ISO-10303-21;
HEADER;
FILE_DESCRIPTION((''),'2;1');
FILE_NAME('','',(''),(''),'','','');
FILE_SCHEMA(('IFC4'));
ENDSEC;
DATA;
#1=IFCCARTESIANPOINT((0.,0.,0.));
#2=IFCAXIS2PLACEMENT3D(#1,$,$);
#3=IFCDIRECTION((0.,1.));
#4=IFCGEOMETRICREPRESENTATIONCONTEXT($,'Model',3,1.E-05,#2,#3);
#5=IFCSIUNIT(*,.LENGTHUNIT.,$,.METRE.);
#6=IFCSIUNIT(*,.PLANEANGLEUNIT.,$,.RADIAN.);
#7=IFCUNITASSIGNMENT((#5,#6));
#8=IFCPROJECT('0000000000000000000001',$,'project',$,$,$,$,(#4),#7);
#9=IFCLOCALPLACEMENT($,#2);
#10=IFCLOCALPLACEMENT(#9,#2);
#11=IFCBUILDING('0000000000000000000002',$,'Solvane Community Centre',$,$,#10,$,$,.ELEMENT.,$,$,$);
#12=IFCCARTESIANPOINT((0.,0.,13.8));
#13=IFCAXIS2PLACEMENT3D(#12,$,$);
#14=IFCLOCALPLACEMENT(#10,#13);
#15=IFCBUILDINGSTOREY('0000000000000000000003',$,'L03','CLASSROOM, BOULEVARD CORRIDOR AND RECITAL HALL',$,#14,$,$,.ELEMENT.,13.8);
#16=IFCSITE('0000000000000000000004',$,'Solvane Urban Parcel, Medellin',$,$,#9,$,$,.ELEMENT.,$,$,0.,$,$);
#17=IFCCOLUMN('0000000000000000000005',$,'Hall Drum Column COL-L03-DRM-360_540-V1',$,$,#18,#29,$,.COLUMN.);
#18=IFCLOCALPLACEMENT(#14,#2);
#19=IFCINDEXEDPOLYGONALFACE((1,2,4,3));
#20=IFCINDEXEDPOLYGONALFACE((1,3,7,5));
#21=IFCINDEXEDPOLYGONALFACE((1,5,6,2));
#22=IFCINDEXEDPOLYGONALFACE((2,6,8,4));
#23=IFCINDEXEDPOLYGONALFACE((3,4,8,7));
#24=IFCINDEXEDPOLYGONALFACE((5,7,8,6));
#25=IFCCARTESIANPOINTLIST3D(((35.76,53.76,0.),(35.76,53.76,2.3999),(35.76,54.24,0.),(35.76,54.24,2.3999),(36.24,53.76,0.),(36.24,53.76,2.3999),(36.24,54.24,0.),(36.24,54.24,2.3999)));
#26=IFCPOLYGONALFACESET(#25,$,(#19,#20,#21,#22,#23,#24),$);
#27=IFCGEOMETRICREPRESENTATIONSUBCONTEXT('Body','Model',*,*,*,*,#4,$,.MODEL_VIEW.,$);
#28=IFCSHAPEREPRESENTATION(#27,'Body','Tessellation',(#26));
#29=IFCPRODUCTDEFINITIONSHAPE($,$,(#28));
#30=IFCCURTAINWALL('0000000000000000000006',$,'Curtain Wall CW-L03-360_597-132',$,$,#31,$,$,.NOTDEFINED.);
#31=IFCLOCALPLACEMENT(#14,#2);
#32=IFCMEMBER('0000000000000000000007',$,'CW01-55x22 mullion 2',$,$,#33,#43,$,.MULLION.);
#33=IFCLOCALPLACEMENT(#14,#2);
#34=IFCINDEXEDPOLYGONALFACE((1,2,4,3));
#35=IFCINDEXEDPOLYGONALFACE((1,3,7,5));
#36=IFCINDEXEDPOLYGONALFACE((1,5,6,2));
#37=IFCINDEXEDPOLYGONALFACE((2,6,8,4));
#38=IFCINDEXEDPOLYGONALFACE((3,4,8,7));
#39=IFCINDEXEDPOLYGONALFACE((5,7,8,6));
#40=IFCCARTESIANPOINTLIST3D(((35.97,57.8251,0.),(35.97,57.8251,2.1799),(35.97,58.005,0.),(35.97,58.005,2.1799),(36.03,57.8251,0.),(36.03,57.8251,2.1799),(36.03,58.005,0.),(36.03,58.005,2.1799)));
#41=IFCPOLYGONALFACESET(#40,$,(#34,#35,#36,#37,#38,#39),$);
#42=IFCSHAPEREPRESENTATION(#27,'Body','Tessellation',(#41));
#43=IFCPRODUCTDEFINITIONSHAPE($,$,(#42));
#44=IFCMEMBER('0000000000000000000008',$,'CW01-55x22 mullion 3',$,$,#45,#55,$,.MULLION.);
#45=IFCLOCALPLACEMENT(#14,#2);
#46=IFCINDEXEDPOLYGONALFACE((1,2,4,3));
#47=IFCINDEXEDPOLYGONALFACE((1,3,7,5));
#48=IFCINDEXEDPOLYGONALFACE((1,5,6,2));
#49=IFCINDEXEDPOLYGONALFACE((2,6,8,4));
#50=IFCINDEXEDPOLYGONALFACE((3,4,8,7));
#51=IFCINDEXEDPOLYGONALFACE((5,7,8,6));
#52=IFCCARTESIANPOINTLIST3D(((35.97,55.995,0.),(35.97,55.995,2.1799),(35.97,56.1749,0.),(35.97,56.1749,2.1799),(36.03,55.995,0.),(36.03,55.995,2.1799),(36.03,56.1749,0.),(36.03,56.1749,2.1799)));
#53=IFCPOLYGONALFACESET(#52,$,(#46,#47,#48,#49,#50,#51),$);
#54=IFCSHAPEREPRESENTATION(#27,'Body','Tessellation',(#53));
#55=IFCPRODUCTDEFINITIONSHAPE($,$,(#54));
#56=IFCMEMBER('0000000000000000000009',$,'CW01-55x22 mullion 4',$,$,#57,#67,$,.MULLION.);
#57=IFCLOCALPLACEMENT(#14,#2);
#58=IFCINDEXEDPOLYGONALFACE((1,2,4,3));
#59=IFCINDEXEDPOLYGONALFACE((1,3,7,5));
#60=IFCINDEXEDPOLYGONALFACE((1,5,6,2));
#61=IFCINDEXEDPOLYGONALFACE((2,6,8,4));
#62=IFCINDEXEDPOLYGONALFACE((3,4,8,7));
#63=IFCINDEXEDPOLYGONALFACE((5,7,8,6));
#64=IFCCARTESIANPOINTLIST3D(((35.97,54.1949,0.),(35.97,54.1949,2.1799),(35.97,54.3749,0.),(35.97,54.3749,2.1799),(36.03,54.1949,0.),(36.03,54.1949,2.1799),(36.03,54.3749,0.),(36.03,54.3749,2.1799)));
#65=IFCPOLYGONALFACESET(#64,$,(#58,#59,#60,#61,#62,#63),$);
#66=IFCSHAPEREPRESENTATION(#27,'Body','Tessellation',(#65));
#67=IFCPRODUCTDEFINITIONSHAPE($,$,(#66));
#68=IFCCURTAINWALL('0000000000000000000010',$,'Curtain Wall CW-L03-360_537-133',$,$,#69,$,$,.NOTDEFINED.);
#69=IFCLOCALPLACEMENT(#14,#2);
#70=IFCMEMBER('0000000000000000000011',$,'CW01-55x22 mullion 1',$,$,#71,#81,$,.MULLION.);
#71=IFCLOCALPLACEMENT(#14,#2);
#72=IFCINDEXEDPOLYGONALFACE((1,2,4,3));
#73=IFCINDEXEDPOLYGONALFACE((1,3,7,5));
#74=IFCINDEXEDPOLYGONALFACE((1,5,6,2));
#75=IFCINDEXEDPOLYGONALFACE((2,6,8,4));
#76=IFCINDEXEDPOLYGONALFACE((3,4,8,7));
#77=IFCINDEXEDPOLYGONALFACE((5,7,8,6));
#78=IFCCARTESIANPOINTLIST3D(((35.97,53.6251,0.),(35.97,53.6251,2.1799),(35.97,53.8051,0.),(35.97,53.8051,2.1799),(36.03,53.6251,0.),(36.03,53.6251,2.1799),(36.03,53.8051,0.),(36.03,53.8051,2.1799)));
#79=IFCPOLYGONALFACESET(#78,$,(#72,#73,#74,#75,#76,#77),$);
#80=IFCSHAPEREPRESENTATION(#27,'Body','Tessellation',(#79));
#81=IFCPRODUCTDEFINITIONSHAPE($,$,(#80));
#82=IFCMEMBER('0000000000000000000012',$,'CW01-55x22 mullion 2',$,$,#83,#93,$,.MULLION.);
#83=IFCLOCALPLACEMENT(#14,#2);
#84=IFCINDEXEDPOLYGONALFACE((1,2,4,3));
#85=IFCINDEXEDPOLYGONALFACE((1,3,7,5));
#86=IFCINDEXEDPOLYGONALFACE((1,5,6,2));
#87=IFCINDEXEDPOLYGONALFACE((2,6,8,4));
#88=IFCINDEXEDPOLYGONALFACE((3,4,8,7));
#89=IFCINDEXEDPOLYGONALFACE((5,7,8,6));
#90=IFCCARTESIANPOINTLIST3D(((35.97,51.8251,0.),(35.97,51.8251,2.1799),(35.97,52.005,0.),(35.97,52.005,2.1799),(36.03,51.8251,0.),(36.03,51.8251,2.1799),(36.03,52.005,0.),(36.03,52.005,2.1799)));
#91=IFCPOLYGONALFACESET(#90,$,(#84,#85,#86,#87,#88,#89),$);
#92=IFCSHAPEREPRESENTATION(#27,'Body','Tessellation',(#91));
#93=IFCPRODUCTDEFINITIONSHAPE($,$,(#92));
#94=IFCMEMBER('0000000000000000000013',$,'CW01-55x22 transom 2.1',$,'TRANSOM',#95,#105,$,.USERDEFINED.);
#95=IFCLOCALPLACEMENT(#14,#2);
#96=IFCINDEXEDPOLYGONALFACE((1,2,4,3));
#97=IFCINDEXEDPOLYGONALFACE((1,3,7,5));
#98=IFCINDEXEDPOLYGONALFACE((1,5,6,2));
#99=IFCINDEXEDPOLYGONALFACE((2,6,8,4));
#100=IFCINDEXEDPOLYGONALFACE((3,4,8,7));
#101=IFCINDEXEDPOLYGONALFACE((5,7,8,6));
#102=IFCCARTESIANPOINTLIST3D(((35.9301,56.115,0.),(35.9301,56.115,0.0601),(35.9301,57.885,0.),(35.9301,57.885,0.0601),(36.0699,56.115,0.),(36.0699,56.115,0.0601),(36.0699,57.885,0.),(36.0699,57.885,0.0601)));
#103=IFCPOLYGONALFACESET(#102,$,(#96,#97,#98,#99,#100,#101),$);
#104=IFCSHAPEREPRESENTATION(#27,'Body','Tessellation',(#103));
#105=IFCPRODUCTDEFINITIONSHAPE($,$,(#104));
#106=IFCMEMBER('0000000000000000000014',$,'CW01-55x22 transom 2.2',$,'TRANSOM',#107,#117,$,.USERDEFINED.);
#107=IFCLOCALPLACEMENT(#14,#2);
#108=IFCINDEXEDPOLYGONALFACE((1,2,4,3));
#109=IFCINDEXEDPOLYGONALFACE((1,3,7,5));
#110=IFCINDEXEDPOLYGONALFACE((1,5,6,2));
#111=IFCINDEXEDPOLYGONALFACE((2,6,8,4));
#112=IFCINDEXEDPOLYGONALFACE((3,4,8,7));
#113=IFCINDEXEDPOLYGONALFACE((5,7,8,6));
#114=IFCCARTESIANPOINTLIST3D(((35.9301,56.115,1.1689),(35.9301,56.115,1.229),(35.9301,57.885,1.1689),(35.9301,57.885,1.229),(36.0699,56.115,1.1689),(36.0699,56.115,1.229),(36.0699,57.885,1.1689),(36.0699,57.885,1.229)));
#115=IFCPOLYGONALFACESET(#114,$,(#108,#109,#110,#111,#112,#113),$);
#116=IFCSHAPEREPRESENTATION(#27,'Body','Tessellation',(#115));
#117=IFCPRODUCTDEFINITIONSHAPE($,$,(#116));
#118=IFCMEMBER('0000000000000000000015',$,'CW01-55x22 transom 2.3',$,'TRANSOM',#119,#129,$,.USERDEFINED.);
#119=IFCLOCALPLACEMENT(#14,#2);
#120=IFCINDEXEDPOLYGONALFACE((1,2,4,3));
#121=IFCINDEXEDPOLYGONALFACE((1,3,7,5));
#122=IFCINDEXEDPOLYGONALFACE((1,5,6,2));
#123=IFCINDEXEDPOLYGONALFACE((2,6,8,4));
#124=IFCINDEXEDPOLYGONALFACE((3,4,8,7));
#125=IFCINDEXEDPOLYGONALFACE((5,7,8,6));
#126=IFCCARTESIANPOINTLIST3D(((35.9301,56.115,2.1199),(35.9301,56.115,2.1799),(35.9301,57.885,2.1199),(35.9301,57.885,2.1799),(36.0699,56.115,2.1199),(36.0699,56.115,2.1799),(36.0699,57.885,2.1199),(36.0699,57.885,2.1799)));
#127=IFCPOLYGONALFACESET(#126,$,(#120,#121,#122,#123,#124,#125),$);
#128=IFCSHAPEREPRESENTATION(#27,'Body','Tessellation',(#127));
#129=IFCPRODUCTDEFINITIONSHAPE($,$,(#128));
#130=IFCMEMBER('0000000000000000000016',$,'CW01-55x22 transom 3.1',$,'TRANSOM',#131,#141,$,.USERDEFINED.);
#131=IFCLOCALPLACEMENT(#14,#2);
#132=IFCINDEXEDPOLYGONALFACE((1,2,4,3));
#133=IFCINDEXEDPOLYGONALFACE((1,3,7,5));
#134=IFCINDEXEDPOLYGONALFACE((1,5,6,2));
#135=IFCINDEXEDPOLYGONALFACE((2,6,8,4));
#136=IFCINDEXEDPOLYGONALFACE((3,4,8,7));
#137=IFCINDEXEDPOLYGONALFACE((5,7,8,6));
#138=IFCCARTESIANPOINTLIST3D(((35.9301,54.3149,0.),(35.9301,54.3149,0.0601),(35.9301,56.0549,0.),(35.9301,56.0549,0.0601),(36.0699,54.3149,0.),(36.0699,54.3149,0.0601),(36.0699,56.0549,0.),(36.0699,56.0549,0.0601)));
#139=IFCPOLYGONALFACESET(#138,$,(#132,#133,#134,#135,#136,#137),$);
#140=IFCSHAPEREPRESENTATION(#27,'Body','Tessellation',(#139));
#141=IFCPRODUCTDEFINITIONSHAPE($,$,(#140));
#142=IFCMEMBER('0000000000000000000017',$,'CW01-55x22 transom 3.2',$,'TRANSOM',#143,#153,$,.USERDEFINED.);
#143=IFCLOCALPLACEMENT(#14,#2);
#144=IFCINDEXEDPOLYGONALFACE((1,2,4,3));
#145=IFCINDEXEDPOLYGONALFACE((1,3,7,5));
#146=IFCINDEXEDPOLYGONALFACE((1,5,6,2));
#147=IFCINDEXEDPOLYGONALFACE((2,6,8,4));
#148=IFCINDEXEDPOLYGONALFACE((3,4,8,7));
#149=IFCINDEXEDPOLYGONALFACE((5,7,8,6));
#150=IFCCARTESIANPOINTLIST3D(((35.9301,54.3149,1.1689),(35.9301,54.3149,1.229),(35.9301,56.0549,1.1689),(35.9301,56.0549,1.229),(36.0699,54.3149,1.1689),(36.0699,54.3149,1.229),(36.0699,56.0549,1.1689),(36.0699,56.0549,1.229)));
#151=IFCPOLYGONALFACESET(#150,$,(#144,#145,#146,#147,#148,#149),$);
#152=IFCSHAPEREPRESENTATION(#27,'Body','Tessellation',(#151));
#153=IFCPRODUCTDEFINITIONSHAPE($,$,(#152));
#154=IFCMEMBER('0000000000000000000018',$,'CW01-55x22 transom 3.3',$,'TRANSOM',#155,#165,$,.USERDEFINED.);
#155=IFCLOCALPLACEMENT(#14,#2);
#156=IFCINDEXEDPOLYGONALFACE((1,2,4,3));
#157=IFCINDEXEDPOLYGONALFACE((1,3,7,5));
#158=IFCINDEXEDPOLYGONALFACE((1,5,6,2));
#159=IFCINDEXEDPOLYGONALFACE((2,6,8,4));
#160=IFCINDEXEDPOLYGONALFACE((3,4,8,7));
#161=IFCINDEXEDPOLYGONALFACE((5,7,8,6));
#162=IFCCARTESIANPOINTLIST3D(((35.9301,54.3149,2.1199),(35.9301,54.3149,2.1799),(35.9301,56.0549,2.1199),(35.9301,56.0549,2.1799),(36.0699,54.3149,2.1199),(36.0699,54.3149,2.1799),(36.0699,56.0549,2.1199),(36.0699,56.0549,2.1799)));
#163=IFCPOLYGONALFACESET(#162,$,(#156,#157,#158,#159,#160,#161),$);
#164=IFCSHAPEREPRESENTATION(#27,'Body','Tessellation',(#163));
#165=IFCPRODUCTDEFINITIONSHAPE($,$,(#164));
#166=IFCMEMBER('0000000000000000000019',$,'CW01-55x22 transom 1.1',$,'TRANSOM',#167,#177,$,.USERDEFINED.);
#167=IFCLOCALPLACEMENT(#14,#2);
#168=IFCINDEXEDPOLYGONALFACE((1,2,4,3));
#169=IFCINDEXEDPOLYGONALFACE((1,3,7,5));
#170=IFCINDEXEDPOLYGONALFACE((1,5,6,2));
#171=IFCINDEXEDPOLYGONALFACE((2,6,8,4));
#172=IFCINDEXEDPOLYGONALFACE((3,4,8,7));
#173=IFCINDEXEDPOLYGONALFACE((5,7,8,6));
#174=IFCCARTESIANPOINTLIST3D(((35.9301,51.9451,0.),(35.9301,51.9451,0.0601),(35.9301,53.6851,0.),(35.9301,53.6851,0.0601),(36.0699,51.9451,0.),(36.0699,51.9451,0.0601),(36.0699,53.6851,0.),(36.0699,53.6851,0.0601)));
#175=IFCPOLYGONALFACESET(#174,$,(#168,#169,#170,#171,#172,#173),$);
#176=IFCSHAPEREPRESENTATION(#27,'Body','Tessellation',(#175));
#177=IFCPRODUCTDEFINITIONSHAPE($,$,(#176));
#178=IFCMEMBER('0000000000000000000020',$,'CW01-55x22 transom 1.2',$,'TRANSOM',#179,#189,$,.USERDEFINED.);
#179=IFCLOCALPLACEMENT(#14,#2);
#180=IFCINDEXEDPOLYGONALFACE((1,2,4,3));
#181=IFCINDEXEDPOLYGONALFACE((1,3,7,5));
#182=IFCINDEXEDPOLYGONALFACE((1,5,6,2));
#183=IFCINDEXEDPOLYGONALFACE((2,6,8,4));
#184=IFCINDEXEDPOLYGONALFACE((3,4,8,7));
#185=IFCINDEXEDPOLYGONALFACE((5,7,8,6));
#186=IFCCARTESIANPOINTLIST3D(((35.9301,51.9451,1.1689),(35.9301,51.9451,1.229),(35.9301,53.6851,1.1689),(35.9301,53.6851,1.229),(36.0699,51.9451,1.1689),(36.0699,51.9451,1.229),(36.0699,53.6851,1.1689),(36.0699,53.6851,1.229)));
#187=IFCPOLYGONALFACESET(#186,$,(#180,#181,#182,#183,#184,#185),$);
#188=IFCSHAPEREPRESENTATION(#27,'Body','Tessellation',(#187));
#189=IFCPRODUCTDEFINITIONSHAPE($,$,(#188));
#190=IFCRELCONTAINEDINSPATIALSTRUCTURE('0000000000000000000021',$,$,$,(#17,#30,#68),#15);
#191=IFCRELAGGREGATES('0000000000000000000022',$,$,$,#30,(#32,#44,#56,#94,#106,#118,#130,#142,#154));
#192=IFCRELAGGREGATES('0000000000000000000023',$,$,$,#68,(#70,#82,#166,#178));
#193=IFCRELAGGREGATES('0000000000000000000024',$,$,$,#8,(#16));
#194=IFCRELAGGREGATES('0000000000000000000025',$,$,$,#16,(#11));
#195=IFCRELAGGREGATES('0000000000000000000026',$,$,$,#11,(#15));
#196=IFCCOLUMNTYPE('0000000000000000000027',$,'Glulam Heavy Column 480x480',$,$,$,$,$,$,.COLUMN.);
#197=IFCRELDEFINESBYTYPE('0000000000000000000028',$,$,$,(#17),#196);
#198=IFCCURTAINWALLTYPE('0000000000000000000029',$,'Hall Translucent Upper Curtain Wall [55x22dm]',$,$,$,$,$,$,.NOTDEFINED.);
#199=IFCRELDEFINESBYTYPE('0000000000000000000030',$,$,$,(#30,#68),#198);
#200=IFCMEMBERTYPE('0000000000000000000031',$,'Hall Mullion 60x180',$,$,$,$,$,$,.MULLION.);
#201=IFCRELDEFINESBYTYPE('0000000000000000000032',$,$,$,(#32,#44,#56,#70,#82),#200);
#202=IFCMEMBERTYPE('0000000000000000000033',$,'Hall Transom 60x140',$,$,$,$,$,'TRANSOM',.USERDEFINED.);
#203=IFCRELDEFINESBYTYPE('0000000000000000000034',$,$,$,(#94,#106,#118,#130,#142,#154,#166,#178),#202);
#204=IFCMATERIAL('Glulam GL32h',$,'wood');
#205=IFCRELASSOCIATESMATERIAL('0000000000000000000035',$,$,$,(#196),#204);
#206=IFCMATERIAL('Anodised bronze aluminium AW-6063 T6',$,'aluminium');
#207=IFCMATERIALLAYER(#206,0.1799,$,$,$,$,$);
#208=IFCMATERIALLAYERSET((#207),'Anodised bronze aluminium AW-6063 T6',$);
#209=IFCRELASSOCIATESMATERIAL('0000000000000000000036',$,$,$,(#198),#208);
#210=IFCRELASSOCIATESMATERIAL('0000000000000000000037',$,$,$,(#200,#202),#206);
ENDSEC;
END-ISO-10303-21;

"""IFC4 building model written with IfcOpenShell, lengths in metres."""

from ifc_helpers import new_model, si_unit, direction, frame, origin, origin_2d, place, context, subcontext, project, spatial, rectangle, extrude, material, layer, layer_set, material_profile, profile_set, type_object, element, aggregate, save


model = new_model("IFC4")

# Units and contexts
model_context = context("Model", 3, precision=1e-05, world=origin(), true_north=direction((0.0, 1.0)))
body_context = subcontext(model_context, "Body", "Model", "MODEL_VIEW")
ifc_project = project(units=[si_unit("LENGTHUNIT", "METRE"), si_unit("PLANEANGLEUNIT", "RADIAN")], contexts=[model_context])

# Site, building, storey
site_placement = place(None, origin())
site = spatial("IfcSite", under=ifc_project, at=site_placement, Name="Solvane Urban Parcel, Medellin", CompositionType="ELEMENT", RefElevation=0.0)
building_placement = place(site_placement, origin())
building = spatial("IfcBuilding", under=site, at=building_placement, Name="Solvane Community Centre", CompositionType="ELEMENT")
storey_placement = place(building_placement, frame((0.0, 0.0, 13.8)))
storey = spatial("IfcBuildingStorey", under=building, at=storey_placement, Name="L03", Description="CLASSROOM, BOULEVARD CORRIDOR AND RECITAL HALL", CompositionType="ELEMENT", Elevation=13.8)

# Column
ifc_material_1 = material(Name="Glulam GL32h", Category="wood")
ifc_material_profile_1 = material_profile(ifc_material_1, rectangle(XDim=0.48, YDim=0.48, at=origin_2d()), Name="GL32h 480x480")
ifc_profile_set_1 = profile_set([ifc_material_profile_1], Name="Glulam GL32h")
column_type = type_object("IfcColumnType", Name="Glulam Heavy Column 480x480", PredefinedType="COLUMN", material=ifc_profile_set_1)
column_placement = place(storey_placement, frame((36.0, 54.0, 0.0), z_axis=(0.0, 0.0, 1.0), x_axis=(1.0, 0.0, 0.0)))
element("IfcColumn", 1, at=column_placement, inside=storey, type_object=column_type, Name="Hall Drum Column COL-L03-DRM-360_540-V1", PredefinedType="COLUMN", context=body_context, shape_type="SweptSolid", body=[
    extrude(rectangle(XDim=0.48, YDim=0.48, at=origin_2d()), origin(), (0.0, 0.0, 1.0), 2.3999),
])

# Curtain walls, members
ifc_material_2 = material(Name="Anodised bronze aluminium AW-6063 T6", Category="aluminium")
ifc_layer_1 = layer(ifc_material_2, 0.1799)
ifc_layer_set_1 = layer_set([ifc_layer_1], Name="Anodised bronze aluminium AW-6063 T6")
curtain_wall_type = type_object("IfcCurtainWallType", Name="Hall Translucent Upper Curtain Wall [55x22dm]", PredefinedType="NOTDEFINED", material=ifc_layer_set_1)
curtain_wall_1_placement = place(storey_placement, origin())
curtain_wall_1 = element("IfcCurtainWall", 2, at=curtain_wall_1_placement, inside=storey, type_object=curtain_wall_type, Name="Curtain Wall CW-L03-360_597-132", PredefinedType="NOTDEFINED")
ifc_material_profile_2 = material_profile(ifc_material_2, rectangle(XDim=0.0601, YDim=0.1799, at=origin_2d()), Name="CW-M 60x180")
ifc_profile_set_2 = profile_set([ifc_material_profile_2], Name="Anodised bronze aluminium AW-6063 T6")
member_type_1 = type_object("IfcMemberType", Name="Hall Mullion 60x180", PredefinedType="MULLION", material=ifc_profile_set_2)
member_1_placement = place(storey_placement, frame((36.0, 57.915, 0.0), z_axis=(0.0, 0.0, 1.0), x_axis=(1.0, 0.0, 0.0)))
member_1 = element("IfcMember", 3, at=member_1_placement, type_object=member_type_1, Name="CW01-55x22 mullion 2", PredefinedType="MULLION", context=body_context, shape_type="SweptSolid", body=[
    extrude(rectangle(XDim=0.0601, YDim=0.1799, at=origin_2d()), origin(), (0.0, 0.0, 1.0), 2.1799),
])
member_2_placement = place(storey_placement, frame((36.0, 56.085, 0.0), z_axis=(0.0, 0.0, 1.0), x_axis=(1.0, 0.0, 0.0)))
member_2 = element("IfcMember", 4, at=member_2_placement, type_object=member_type_1, Name="CW01-55x22 mullion 3", PredefinedType="MULLION", context=body_context, shape_type="SweptSolid", body=[
    extrude(rectangle(XDim=0.0601, YDim=0.1799, at=origin_2d()), origin(), (0.0, 0.0, 1.0), 2.1799),
])
member_3_placement = place(storey_placement, frame((36.0, 54.2849, 0.0), z_axis=(0.0, 0.0, 1.0), x_axis=(1.0, 0.0, 0.0)))
member_3 = element("IfcMember", 5, at=member_3_placement, type_object=member_type_1, Name="CW01-55x22 mullion 4", PredefinedType="MULLION", context=body_context, shape_type="SweptSolid", body=[
    extrude(rectangle(XDim=0.0601, YDim=0.1799, at=origin_2d()), origin(), (0.0, 0.0, 1.0), 2.1799),
])
curtain_wall_2_placement = place(storey_placement, origin())
curtain_wall_2 = element("IfcCurtainWall", 6, at=curtain_wall_2_placement, inside=storey, type_object=curtain_wall_type, Name="Curtain Wall CW-L03-360_537-133", PredefinedType="NOTDEFINED")
member_4_placement = place(storey_placement, frame((36.0, 53.7151, 0.0), z_axis=(0.0, 0.0, 1.0), x_axis=(1.0, 0.0, 0.0)))
member_4 = element("IfcMember", 7, at=member_4_placement, type_object=member_type_1, Name="CW01-55x22 mullion 1", PredefinedType="MULLION", context=body_context, shape_type="SweptSolid", body=[
    extrude(rectangle(XDim=0.0601, YDim=0.1799, at=origin_2d()), origin(), (0.0, 0.0, 1.0), 2.1799),
])
member_5_placement = place(storey_placement, frame((36.0, 51.915, 0.0), z_axis=(0.0, 0.0, 1.0), x_axis=(1.0, 0.0, 0.0)))
member_5 = element("IfcMember", 8, at=member_5_placement, type_object=member_type_1, Name="CW01-55x22 mullion 2", PredefinedType="MULLION", context=body_context, shape_type="SweptSolid", body=[
    extrude(rectangle(XDim=0.0601, YDim=0.1799, at=origin_2d()), origin(), (0.0, 0.0, 1.0), 2.1799),
])

# Members
ifc_material_profile_3 = material_profile(ifc_material_2, rectangle(XDim=0.1399, YDim=0.0601, at=origin_2d()), Name="CW-T 60x140")
ifc_profile_set_3 = profile_set([ifc_material_profile_3], Name="Anodised bronze aluminium AW-6063 T6")
member_type_2 = type_object("IfcMemberType", Name="Hall Transom 60x140", ElementType="TRANSOM", PredefinedType="USERDEFINED", material=ifc_profile_set_3)
member_6_placement = place(storey_placement, frame((36.0, 57.885, 0.03), z_axis=(0.0, -1.0, 0.0), x_axis=(1.0, 0.0, 0.0)))
member_6 = element("IfcMember", 9, at=member_6_placement, type_object=member_type_2, Name="CW01-55x22 transom 2.1", ObjectType="TRANSOM", PredefinedType="USERDEFINED", context=body_context, shape_type="SweptSolid", body=[
    extrude(rectangle(XDim=0.1399, YDim=0.0601, at=origin_2d()), origin(), (0.0, 0.0, 1.0), 1.77),
])
member_7_placement = place(storey_placement, frame((36.0, 57.885, 1.199), z_axis=(0.0, -1.0, 0.0), x_axis=(1.0, 0.0, 0.0)))
member_7 = element("IfcMember", 10, at=member_7_placement, type_object=member_type_2, Name="CW01-55x22 transom 2.2", ObjectType="TRANSOM", PredefinedType="USERDEFINED", context=body_context, shape_type="SweptSolid", body=[
    extrude(rectangle(XDim=0.1399, YDim=0.0601, at=origin_2d()), origin(), (0.0, 0.0, 1.0), 1.77),
])
member_8_placement = place(storey_placement, frame((36.0, 57.885, 2.1499), z_axis=(0.0, -1.0, 0.0), x_axis=(1.0, 0.0, 0.0)))
member_8 = element("IfcMember", 11, at=member_8_placement, type_object=member_type_2, Name="CW01-55x22 transom 2.3", ObjectType="TRANSOM", PredefinedType="USERDEFINED", context=body_context, shape_type="SweptSolid", body=[
    extrude(rectangle(XDim=0.1399, YDim=0.0601, at=origin_2d()), origin(), (0.0, 0.0, 1.0), 1.77),
])
member_9_placement = place(storey_placement, frame((36.0, 56.0549, 0.03), z_axis=(0.0, -1.0, 0.0), x_axis=(1.0, 0.0, 0.0)))
member_9 = element("IfcMember", 12, at=member_9_placement, type_object=member_type_2, Name="CW01-55x22 transom 3.1", ObjectType="TRANSOM", PredefinedType="USERDEFINED", context=body_context, shape_type="SweptSolid", body=[
    extrude(rectangle(XDim=0.1399, YDim=0.0601, at=origin_2d()), origin(), (0.0, 0.0, 1.0), 1.74),
])
member_10_placement = place(storey_placement, frame((36.0, 56.0549, 1.199), z_axis=(0.0, -1.0, 0.0), x_axis=(1.0, 0.0, 0.0)))
member_10 = element("IfcMember", 13, at=member_10_placement, type_object=member_type_2, Name="CW01-55x22 transom 3.2", ObjectType="TRANSOM", PredefinedType="USERDEFINED", context=body_context, shape_type="SweptSolid", body=[
    extrude(rectangle(XDim=0.1399, YDim=0.0601, at=origin_2d()), origin(), (0.0, 0.0, 1.0), 1.74),
])
member_11_placement = place(storey_placement, frame((36.0, 56.0549, 2.1499), z_axis=(0.0, -1.0, 0.0), x_axis=(1.0, 0.0, 0.0)))
member_11 = element("IfcMember", 14, at=member_11_placement, type_object=member_type_2, Name="CW01-55x22 transom 3.3", ObjectType="TRANSOM", PredefinedType="USERDEFINED", context=body_context, shape_type="SweptSolid", body=[
    extrude(rectangle(XDim=0.1399, YDim=0.0601, at=origin_2d()), origin(), (0.0, 0.0, 1.0), 1.74),
])
member_12_placement = place(storey_placement, frame((36.0, 53.6851, 0.03), z_axis=(0.0, -1.0, 0.0), x_axis=(1.0, 0.0, 0.0)))
member_12 = element("IfcMember", 15, at=member_12_placement, type_object=member_type_2, Name="CW01-55x22 transom 1.1", ObjectType="TRANSOM", PredefinedType="USERDEFINED", context=body_context, shape_type="SweptSolid", body=[
    extrude(rectangle(XDim=0.1399, YDim=0.0601, at=origin_2d()), origin(), (0.0, 0.0, 1.0), 1.74),
])
member_13_placement = place(storey_placement, frame((36.0, 53.6851, 1.199), z_axis=(0.0, -1.0, 0.0), x_axis=(1.0, 0.0, 0.0)))
member_13 = element("IfcMember", 16, at=member_13_placement, type_object=member_type_2, Name="CW01-55x22 transom 1.2", ObjectType="TRANSOM", PredefinedType="USERDEFINED", context=body_context, shape_type="SweptSolid", body=[
    extrude(rectangle(XDim=0.1399, YDim=0.0601, at=origin_2d()), origin(), (0.0, 0.0, 1.0), 1.74),
])

aggregate(curtain_wall_1, [member_1, member_2, member_3, member_6, member_7, member_8, member_9, member_10, member_11])
aggregate(curtain_wall_2, [member_4, member_5, member_12, member_13])

save(model, "model.ifc")
